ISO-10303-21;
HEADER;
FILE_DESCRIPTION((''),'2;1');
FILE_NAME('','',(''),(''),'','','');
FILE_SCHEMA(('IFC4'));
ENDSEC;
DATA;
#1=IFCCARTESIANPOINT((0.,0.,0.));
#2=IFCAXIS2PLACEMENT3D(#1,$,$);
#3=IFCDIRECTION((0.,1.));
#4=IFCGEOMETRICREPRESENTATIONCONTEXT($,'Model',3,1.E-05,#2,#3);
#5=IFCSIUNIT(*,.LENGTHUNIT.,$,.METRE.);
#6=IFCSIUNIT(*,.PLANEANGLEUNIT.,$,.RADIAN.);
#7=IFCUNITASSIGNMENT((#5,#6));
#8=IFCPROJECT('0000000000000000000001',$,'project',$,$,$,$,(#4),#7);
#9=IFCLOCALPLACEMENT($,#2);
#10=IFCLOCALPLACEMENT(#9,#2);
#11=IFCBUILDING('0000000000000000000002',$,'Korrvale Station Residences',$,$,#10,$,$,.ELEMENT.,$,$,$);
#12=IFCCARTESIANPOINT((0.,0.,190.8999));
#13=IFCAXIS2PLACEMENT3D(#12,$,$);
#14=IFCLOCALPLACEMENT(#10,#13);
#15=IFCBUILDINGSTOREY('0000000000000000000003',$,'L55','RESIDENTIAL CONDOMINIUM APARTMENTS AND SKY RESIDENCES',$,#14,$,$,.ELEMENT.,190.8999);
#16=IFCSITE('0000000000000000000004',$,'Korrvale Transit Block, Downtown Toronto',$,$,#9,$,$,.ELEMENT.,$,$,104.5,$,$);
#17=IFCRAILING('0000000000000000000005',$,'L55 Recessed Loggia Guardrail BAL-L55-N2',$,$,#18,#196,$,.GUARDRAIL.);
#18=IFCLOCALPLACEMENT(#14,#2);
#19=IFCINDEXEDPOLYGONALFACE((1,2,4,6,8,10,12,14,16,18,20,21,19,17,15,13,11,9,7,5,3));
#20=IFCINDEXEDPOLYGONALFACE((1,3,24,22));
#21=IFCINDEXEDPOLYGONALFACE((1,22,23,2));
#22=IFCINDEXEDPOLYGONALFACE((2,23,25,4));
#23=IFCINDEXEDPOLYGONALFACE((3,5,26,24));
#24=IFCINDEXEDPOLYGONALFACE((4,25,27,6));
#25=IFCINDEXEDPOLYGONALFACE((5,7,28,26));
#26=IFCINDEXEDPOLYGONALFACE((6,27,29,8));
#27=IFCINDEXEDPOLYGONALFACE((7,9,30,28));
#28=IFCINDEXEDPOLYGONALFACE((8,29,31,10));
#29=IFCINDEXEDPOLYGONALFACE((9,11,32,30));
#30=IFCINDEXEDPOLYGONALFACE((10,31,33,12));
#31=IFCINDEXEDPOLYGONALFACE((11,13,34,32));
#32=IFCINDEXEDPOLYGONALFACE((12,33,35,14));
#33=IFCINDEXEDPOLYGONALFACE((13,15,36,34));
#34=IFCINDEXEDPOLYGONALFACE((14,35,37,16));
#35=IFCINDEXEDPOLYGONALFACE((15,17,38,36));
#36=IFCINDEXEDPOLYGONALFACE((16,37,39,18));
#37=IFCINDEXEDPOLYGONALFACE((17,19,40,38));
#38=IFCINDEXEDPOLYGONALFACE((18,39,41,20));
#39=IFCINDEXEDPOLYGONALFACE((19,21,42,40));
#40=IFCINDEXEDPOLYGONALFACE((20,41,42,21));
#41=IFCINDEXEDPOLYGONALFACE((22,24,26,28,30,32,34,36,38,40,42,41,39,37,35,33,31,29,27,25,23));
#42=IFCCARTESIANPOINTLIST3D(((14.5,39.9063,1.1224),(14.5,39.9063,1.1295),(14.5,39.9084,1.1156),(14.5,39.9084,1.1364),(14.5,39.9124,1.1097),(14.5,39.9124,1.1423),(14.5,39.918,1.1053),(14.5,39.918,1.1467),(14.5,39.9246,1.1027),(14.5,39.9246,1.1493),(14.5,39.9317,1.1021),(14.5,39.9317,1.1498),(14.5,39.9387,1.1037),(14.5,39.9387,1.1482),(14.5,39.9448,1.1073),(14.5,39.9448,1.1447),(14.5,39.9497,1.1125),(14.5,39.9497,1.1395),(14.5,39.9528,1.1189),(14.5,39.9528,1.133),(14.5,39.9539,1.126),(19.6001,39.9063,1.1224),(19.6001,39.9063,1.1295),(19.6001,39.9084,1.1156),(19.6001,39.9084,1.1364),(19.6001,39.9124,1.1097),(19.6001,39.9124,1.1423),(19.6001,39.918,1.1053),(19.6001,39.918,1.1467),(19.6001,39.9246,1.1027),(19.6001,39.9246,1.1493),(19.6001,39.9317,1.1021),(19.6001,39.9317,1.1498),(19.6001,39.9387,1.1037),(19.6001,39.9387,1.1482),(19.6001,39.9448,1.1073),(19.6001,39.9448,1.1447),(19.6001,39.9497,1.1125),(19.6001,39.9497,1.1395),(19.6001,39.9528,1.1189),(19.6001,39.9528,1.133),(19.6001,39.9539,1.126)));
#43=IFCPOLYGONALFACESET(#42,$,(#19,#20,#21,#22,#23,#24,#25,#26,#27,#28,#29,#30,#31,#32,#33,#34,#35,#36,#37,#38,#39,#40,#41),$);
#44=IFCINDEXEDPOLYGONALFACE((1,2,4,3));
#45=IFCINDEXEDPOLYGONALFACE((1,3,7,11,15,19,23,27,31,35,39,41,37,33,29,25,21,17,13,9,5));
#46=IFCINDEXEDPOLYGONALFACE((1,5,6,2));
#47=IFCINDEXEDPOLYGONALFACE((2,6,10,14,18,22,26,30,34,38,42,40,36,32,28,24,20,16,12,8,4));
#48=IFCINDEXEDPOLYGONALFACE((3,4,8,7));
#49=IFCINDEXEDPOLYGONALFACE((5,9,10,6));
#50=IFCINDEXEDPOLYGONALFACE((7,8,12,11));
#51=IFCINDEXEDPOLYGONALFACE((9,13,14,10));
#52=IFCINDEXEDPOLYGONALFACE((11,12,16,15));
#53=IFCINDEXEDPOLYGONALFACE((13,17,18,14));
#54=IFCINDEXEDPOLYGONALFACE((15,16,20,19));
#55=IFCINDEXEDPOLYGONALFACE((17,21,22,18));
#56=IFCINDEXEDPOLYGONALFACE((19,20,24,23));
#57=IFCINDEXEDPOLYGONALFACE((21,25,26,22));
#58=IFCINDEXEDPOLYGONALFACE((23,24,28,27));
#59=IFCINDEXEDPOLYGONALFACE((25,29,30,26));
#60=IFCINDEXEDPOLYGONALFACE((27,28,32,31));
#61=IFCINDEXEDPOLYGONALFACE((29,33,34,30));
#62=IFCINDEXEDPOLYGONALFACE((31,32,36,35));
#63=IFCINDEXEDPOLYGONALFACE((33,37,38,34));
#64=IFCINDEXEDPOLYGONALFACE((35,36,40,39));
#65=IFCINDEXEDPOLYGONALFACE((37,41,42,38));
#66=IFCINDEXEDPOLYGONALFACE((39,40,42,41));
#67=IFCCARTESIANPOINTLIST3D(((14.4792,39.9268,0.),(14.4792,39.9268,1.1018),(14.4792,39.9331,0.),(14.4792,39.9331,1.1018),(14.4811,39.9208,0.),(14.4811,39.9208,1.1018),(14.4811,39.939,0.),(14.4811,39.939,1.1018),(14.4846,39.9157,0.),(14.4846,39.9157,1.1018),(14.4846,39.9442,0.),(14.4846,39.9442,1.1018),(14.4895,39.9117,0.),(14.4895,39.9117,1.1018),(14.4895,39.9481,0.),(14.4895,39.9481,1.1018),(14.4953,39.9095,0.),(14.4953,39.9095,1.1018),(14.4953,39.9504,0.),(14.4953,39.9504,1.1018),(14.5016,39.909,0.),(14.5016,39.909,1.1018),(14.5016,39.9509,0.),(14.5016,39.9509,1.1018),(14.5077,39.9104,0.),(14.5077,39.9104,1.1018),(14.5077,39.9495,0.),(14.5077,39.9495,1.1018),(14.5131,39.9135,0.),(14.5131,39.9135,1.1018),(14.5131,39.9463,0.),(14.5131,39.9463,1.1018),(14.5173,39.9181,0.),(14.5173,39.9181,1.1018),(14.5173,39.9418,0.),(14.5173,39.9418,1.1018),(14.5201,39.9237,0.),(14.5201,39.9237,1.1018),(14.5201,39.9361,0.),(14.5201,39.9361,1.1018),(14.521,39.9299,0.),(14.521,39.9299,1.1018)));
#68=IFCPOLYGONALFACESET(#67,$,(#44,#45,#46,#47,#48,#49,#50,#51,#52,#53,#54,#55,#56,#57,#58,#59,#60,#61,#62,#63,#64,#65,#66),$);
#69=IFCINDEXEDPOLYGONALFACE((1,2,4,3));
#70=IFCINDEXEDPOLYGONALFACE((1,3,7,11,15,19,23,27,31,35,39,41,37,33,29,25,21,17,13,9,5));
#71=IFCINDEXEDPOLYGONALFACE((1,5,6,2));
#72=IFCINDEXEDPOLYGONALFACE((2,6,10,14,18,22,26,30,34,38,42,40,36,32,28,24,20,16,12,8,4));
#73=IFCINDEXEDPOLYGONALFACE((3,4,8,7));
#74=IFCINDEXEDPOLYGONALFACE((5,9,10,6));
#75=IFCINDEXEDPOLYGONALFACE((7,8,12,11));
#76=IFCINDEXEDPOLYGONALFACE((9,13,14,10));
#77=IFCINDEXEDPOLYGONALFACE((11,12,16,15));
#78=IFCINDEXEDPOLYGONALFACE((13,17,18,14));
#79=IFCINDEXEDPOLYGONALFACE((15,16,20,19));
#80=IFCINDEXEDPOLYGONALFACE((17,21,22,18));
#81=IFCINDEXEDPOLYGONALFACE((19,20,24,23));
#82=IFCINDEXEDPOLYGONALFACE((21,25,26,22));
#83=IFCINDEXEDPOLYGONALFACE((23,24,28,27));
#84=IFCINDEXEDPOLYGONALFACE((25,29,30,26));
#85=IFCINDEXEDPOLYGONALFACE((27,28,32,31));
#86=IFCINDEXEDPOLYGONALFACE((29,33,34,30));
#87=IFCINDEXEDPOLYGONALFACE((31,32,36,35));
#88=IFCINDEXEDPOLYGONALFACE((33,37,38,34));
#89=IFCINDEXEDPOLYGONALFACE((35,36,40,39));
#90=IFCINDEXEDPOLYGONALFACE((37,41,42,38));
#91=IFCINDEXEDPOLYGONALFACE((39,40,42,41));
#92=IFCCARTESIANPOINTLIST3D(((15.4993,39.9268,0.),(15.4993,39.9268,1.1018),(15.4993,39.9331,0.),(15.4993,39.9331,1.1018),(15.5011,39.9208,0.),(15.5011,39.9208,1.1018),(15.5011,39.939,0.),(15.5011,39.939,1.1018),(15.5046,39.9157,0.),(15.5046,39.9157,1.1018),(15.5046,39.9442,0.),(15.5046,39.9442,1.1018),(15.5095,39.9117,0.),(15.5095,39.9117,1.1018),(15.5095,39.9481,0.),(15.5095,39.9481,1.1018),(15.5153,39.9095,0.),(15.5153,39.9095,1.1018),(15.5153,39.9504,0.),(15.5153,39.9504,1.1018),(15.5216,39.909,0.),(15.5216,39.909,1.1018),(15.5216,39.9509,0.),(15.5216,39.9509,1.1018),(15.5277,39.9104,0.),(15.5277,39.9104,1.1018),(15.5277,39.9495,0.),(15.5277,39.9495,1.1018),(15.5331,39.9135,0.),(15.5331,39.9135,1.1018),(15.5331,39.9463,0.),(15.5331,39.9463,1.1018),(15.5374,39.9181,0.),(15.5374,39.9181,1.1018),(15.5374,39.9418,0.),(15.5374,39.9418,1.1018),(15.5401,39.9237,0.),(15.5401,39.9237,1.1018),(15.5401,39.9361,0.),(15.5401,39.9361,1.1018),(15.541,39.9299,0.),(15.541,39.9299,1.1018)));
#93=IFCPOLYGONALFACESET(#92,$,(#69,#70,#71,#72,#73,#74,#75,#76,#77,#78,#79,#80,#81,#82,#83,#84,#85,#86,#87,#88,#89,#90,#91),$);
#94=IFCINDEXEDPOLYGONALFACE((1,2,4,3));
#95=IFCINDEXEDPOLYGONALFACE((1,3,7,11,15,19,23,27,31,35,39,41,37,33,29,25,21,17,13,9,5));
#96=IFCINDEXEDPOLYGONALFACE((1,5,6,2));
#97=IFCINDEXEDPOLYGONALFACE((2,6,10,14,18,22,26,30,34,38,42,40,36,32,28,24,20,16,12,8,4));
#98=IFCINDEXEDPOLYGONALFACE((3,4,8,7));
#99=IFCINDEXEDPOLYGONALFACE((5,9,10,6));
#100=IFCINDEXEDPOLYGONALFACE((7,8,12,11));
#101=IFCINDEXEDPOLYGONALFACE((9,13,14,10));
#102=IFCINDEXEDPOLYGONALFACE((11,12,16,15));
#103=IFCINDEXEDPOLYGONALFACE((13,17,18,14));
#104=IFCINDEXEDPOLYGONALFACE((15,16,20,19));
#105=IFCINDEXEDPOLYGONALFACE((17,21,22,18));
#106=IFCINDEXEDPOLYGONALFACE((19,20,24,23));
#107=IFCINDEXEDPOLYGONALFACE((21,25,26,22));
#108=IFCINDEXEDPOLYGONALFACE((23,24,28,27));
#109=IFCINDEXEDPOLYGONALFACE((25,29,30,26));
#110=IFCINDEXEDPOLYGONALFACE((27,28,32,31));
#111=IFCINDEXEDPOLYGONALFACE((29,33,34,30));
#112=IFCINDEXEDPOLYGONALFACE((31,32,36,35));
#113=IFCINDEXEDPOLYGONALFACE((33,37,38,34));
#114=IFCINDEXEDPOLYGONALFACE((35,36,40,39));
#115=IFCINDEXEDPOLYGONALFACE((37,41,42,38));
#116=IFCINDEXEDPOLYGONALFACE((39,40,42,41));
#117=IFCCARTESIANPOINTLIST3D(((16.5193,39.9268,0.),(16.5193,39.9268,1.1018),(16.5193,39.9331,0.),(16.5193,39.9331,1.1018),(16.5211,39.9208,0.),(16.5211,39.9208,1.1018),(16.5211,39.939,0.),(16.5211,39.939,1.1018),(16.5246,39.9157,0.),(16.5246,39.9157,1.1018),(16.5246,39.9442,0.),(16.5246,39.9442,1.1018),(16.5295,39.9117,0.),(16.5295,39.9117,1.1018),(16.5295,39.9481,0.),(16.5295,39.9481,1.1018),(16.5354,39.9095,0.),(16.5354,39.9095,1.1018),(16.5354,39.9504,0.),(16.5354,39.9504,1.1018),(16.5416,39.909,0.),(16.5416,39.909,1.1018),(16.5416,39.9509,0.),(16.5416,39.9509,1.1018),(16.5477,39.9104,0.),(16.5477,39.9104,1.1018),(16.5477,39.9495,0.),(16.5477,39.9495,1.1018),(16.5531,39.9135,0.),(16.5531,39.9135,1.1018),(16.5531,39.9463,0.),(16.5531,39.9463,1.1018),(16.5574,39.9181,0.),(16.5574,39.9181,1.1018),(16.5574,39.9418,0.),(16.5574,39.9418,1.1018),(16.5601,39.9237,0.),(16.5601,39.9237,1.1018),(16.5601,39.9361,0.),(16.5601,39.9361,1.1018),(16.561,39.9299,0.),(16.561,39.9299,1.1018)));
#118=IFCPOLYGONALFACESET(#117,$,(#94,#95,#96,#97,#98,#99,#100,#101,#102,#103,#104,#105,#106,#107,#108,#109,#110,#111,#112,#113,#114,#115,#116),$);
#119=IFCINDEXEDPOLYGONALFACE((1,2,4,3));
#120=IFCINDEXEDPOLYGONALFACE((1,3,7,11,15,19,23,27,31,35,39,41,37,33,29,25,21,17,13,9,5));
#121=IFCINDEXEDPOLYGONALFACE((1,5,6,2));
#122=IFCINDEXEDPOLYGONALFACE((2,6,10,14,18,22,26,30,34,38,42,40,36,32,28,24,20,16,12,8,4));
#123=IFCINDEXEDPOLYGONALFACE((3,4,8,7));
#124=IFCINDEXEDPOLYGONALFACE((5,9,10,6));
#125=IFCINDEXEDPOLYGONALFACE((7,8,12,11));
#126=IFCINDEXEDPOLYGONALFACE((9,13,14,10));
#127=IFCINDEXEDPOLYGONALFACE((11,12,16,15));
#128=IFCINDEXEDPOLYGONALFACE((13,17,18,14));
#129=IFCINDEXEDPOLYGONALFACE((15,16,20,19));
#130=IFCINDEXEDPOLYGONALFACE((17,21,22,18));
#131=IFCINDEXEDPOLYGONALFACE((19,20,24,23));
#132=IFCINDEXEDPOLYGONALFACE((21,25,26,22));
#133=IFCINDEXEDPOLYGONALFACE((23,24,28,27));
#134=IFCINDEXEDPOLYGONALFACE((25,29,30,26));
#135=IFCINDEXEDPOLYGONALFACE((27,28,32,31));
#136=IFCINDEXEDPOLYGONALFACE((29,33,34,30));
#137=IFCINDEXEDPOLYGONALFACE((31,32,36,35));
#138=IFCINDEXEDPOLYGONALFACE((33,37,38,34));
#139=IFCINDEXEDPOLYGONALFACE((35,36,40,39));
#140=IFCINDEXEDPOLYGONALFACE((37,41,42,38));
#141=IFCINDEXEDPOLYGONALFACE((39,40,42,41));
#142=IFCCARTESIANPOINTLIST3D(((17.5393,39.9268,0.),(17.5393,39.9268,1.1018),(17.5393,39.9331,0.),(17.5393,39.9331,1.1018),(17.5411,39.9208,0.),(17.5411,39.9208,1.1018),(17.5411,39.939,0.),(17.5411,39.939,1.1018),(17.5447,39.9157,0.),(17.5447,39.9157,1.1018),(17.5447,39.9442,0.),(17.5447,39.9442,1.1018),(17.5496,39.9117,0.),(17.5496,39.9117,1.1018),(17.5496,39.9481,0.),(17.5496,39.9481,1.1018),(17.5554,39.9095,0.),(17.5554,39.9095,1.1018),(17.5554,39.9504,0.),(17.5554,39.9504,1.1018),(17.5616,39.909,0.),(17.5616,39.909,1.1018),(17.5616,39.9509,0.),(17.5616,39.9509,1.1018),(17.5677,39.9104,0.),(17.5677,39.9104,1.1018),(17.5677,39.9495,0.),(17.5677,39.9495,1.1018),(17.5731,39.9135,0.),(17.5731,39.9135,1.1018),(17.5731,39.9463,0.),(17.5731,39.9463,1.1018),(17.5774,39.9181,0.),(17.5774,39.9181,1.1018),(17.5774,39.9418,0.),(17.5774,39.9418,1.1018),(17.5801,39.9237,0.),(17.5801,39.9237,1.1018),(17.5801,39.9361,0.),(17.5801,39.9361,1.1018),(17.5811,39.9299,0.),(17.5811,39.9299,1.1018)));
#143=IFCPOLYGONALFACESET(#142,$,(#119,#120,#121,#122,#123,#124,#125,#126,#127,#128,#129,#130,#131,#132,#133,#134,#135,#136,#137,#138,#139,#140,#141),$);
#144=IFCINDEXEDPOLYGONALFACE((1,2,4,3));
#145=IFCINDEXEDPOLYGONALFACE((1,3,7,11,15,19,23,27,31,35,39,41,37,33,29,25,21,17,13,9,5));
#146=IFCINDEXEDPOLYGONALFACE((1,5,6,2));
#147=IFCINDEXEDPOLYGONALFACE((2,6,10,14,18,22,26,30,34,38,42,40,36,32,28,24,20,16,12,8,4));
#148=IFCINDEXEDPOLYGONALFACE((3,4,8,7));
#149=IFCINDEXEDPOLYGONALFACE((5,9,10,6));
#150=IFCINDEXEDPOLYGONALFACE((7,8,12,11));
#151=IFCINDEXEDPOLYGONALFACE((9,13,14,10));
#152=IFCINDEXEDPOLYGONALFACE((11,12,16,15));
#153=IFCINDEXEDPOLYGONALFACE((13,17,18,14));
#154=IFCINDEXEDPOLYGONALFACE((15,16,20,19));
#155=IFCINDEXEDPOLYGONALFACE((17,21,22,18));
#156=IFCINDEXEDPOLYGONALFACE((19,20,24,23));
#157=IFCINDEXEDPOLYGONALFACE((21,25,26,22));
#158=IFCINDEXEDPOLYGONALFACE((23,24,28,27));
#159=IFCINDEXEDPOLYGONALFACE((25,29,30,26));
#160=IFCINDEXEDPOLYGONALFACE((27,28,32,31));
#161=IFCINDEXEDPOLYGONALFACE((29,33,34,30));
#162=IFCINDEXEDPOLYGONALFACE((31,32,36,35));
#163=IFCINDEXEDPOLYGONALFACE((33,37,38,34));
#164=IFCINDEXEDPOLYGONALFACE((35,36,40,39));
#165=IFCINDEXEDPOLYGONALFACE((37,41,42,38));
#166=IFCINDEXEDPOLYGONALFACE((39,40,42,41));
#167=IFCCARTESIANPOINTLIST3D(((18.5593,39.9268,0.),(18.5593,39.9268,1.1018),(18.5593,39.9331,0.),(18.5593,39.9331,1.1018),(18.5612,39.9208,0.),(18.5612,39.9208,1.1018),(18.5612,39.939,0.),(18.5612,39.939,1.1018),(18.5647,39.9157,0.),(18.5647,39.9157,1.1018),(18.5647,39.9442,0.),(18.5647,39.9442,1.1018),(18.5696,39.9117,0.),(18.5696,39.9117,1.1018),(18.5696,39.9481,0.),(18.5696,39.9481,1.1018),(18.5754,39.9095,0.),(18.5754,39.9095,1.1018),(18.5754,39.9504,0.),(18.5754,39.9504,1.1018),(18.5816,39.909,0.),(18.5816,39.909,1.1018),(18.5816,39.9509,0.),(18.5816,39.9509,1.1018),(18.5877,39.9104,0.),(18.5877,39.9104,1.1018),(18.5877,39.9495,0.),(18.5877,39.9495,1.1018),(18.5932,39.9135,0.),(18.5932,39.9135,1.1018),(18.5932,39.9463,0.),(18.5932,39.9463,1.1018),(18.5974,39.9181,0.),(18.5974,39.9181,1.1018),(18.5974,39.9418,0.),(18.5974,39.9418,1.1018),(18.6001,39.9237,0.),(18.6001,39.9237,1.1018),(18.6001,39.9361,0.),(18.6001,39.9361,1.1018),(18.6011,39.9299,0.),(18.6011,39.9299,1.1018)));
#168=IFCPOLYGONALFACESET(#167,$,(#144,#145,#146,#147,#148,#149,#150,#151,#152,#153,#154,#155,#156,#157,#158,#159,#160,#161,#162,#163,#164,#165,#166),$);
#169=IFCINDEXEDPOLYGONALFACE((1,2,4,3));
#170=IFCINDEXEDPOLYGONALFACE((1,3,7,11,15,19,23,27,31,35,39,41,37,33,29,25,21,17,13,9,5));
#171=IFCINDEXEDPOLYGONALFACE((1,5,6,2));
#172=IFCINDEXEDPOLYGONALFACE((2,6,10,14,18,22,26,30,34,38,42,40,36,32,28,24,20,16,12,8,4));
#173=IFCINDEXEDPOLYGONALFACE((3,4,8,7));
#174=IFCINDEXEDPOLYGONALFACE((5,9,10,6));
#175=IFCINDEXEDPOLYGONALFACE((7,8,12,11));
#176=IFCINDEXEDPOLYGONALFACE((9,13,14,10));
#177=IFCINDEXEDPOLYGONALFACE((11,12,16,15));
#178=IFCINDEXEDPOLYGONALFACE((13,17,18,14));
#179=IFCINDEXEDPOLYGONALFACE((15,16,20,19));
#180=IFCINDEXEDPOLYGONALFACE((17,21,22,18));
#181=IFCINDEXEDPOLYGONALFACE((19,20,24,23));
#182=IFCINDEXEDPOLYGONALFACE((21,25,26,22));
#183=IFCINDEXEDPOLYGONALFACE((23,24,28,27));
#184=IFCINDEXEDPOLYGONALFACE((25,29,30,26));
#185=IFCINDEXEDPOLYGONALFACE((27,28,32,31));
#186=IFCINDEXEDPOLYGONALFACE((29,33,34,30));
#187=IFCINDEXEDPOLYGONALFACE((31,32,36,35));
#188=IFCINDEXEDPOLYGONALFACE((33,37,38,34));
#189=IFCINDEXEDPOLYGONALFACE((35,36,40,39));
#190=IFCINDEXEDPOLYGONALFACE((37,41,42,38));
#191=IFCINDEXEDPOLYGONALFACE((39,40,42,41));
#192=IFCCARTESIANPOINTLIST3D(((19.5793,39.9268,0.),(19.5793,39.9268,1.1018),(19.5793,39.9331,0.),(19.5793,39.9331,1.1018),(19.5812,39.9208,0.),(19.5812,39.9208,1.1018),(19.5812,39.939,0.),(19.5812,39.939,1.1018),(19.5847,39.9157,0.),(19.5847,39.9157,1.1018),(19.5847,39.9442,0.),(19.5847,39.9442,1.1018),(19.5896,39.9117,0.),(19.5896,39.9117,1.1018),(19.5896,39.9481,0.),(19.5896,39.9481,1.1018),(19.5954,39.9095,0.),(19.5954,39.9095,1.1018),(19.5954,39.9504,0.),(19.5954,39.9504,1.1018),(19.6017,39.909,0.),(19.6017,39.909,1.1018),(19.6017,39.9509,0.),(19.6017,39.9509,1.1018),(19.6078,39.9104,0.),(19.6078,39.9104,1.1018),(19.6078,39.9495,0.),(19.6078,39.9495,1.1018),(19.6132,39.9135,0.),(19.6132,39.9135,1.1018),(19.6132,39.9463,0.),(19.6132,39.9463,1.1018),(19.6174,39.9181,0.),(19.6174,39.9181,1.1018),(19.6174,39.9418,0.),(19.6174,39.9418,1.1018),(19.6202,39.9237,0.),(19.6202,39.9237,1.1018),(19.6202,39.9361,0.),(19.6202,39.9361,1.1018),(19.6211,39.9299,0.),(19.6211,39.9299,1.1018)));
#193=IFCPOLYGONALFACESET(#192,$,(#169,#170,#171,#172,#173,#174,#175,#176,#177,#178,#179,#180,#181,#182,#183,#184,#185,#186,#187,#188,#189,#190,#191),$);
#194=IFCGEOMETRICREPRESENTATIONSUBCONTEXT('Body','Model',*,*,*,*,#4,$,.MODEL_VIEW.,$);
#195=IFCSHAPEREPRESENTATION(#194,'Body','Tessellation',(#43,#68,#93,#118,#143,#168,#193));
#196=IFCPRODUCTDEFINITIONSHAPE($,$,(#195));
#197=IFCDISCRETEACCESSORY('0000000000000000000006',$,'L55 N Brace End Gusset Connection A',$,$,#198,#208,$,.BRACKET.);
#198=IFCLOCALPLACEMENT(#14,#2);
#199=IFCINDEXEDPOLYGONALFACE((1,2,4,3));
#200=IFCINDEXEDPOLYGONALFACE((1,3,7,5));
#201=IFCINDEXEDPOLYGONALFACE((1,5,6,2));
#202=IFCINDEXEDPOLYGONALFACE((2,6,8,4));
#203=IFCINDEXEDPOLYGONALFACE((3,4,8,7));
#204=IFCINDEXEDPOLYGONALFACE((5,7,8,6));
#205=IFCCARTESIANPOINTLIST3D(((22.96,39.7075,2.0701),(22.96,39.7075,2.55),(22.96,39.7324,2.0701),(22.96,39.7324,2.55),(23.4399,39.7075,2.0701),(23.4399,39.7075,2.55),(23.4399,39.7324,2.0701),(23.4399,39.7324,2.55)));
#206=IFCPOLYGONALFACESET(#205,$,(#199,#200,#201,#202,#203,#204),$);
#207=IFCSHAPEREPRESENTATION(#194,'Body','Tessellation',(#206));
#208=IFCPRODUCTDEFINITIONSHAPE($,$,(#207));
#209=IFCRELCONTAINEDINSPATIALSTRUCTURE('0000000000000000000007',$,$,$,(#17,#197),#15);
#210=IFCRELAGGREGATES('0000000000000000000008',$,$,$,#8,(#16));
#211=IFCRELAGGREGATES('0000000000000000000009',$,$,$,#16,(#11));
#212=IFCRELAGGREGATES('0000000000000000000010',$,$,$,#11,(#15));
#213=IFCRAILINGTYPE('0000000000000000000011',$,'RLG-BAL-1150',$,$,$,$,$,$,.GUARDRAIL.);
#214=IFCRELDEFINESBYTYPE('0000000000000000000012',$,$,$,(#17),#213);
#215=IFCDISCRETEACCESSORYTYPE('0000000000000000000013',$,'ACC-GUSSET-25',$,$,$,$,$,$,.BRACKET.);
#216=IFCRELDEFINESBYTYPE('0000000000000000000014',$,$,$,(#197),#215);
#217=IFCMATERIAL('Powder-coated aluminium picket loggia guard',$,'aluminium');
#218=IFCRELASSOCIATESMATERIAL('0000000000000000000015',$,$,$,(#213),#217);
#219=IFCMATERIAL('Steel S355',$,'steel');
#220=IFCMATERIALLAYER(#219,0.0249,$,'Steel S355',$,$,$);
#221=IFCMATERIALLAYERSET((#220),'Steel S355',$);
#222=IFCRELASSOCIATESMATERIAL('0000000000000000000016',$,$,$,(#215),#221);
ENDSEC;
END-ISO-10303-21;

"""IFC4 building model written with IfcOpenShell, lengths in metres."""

from ifc_helpers import new_model, si_unit, direction, frame, origin, origin_2d, place, context, subcontext, project, spatial, rectangle, circle, extrude, material, layer, layer_set, type_object, element, save


model = new_model("IFC4")

# Units and contexts
model_context = context("Model", 3, precision=1e-05, world=origin(), true_north=direction((0.0, 1.0)))
body_context = subcontext(model_context, "Body", "Model", "MODEL_VIEW")
ifc_project = project(units=[si_unit("LENGTHUNIT", "METRE"), si_unit("PLANEANGLEUNIT", "RADIAN")], contexts=[model_context])

# Site, building, storey
site_placement = place(None, origin())
site = spatial("IfcSite", under=ifc_project, at=site_placement, Name="Korrvale Transit Block, Downtown Toronto", CompositionType="ELEMENT", RefElevation=104.5)
building_placement = place(site_placement, origin())
building = spatial("IfcBuilding", under=site, at=building_placement, Name="Korrvale Station Residences", CompositionType="ELEMENT")
storey_placement = place(building_placement, frame((0.0, 0.0, 190.8999)))
storey = spatial("IfcBuildingStorey", under=building, at=storey_placement, Name="L55", Description="RESIDENTIAL CONDOMINIUM APARTMENTS AND SKY RESIDENCES", CompositionType="ELEMENT", Elevation=190.8999)

# Shared definitions
ifc_material_1 = material(Name="Steel S355", Category="steel")

# Railing
ifc_material_2 = material(Name="Powder-coated aluminium picket loggia guard", Category="aluminium")
railing_type = type_object("IfcRailingType", Name="RLG-BAL-1150", PredefinedType="GUARDRAIL", material=ifc_material_2)
railing_placement = place(storey_placement, frame((14.5, 39.9299, 0.0)))
element("IfcRailing", 1, at=railing_placement, inside=storey, type_object=railing_type, Name="L55 Recessed Loggia Guardrail BAL-L55-N2", PredefinedType="GUARDRAIL", context=body_context, shape_type="SweptSolid", body=[
    extrude(circle(Radius=0.0239, at=origin_2d()), frame((0.0, 0.0, 1.126), z_axis=(1.0, 0.0, 0.0), x_axis=(0.0, 1.0, 0.0)), (0.0, 0.0, 1.0), 5.1001),
    extrude(circle(Radius=0.021, at=origin_2d()), origin(), (0.0, 0.0, 1.0), 1.1018),
    extrude(circle(Radius=0.021, at=origin_2d()), frame((1.02, 0.0, 0.0)), (0.0, 0.0, 1.0), 1.1018),
    extrude(circle(Radius=0.021, at=origin_2d()), frame((2.04, 0.0, 0.0)), (0.0, 0.0, 1.0), 1.1018),
    extrude(circle(Radius=0.021, at=origin_2d()), frame((3.0601, 0.0, 0.0)), (0.0, 0.0, 1.0), 1.1018),
    extrude(circle(Radius=0.021, at=origin_2d()), frame((4.0801, 0.0, 0.0)), (0.0, 0.0, 1.0), 1.1018),
    extrude(circle(Radius=0.021, at=origin_2d()), frame((5.1001, 0.0, 0.0)), (0.0, 0.0, 1.0), 1.1018),
])

# Discrete accessory
ifc_layer_1 = layer(ifc_material_1, 0.0249, Name="Steel S355")
ifc_layer_set_1 = layer_set([ifc_layer_1], Name="Steel S355")
discrete_accessory_type = type_object("IfcDiscreteAccessoryType", Name="ACC-GUSSET-25", PredefinedType="BRACKET", material=ifc_layer_set_1)
discrete_accessory_placement = place(storey_placement, frame((23.2, 39.72, 2.0701), z_axis=(0.0, 0.0, 1.0), x_axis=(1.0, 0.0, 0.0)))
element("IfcDiscreteAccessory", 2, at=discrete_accessory_placement, inside=storey, type_object=discrete_accessory_type, Name="L55 N Brace End Gusset Connection A", PredefinedType="BRACKET", context=body_context, shape_type="SweptSolid", body=[
    extrude(rectangle(XDim=0.48, YDim=0.0249, at=origin_2d()), origin(), (0.0, 0.0, 1.0), 0.48),
])

save(model, "model.ifc")
